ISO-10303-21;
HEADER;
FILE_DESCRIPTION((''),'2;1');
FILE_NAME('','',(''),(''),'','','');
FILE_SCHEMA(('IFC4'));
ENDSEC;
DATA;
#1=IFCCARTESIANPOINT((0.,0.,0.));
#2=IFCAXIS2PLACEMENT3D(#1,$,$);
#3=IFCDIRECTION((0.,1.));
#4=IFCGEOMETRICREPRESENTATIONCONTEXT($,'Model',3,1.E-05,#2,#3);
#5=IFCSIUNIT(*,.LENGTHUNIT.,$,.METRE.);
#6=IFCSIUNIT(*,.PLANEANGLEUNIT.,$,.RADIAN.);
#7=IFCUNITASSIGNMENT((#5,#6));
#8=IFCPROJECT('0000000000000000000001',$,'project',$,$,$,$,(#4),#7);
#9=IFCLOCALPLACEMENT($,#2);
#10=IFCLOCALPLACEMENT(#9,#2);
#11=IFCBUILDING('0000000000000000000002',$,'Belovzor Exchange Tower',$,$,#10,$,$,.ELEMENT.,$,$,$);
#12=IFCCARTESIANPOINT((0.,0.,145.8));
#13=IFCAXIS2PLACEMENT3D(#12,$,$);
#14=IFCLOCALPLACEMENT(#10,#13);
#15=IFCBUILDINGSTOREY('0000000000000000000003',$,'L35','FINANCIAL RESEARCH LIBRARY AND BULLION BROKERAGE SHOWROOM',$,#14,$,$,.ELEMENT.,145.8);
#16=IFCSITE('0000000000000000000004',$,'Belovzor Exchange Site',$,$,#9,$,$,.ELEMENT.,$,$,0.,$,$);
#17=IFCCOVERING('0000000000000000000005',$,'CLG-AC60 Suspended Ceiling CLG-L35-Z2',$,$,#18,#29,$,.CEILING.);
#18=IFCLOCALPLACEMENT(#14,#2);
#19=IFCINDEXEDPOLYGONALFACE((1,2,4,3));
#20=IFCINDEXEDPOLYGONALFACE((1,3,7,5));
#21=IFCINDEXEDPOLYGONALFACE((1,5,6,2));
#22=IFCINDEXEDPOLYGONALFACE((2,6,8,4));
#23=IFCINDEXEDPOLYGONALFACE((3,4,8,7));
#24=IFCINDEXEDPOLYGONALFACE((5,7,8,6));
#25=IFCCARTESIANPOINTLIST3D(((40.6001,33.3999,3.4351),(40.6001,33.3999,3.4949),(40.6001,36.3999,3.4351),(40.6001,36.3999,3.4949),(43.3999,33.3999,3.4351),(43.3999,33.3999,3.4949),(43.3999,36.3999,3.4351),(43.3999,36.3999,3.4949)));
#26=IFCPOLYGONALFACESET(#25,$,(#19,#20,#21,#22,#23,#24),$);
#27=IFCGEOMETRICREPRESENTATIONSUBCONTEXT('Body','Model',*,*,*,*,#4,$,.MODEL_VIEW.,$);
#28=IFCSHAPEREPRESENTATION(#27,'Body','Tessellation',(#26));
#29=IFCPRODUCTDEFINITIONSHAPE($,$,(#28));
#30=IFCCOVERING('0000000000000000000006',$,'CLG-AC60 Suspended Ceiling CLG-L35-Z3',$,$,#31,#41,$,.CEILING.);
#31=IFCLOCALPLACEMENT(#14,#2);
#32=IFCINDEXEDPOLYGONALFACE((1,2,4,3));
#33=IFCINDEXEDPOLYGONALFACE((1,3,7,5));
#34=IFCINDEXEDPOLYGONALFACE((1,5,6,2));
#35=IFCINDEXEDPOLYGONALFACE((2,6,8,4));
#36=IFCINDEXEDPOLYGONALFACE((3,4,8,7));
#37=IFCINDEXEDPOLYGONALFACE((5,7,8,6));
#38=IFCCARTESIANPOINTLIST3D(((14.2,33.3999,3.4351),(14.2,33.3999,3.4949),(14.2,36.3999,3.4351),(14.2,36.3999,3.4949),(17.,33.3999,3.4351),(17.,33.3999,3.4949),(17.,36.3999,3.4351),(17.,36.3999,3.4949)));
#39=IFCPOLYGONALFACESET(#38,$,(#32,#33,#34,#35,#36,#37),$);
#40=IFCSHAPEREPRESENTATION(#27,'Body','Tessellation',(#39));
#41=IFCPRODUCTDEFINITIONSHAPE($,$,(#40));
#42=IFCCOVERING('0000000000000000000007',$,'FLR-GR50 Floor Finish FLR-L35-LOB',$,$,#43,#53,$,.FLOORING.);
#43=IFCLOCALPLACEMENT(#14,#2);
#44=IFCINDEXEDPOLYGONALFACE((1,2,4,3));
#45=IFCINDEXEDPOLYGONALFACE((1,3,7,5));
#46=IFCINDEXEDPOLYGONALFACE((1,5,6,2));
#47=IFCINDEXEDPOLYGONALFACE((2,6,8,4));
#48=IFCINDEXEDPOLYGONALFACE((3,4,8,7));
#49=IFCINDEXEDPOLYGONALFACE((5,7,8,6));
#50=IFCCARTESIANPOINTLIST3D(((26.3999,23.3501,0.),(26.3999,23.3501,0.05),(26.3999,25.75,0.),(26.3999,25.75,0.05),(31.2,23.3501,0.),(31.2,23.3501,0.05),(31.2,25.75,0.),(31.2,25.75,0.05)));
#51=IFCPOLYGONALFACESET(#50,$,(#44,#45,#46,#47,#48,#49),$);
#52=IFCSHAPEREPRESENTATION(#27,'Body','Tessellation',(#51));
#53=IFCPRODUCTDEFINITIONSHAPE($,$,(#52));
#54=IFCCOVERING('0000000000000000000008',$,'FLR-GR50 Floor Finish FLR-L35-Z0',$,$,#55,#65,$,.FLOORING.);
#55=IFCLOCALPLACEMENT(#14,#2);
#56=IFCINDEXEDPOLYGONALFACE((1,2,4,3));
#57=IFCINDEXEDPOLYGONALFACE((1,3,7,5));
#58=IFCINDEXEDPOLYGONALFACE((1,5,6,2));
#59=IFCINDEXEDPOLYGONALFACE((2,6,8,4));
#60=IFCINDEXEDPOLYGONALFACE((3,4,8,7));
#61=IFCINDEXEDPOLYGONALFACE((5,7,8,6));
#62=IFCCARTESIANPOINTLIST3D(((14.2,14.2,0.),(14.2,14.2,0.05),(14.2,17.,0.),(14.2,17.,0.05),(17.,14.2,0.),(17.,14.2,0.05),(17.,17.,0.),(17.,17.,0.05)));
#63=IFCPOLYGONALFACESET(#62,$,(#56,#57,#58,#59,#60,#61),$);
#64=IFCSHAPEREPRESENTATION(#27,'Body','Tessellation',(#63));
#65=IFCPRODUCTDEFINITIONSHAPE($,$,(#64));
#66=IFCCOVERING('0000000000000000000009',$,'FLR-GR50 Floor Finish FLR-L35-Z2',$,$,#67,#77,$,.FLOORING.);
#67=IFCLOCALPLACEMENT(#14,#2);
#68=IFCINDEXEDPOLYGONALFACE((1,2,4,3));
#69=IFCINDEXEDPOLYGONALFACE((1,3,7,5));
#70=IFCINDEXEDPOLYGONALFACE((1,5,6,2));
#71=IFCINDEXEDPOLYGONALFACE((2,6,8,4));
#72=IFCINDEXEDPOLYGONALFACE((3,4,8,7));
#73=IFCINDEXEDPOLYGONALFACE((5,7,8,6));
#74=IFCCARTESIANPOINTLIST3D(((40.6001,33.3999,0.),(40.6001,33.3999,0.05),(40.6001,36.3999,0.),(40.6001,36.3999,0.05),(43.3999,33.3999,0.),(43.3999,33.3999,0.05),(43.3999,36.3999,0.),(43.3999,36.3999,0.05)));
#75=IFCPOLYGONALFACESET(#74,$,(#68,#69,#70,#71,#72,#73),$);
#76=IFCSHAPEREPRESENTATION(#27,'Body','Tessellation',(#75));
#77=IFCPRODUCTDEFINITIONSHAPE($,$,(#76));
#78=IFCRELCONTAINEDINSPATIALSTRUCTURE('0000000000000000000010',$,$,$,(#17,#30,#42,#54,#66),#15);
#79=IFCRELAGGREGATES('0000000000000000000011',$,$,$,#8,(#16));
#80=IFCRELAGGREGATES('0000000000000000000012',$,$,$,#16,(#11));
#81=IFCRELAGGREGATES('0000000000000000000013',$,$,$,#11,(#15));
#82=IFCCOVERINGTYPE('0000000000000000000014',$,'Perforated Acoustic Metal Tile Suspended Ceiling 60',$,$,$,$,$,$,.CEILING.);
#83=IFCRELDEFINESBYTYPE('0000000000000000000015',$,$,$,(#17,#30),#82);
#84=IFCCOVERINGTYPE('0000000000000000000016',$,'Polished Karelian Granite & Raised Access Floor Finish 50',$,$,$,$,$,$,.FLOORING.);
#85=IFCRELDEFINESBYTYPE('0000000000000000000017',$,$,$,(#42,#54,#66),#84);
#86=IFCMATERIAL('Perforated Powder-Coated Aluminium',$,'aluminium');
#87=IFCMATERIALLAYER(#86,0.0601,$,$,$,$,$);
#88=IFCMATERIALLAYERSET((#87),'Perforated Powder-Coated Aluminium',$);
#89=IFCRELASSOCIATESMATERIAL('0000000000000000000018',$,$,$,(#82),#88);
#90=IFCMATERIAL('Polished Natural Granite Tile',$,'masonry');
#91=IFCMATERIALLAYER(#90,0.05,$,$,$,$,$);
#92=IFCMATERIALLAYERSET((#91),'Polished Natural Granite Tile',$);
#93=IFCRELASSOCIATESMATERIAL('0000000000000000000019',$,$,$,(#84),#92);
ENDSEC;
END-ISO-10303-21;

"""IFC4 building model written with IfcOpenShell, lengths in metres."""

from ifc_helpers import new_model, si_unit, direction, frame, origin, place, context, subcontext, project, spatial, polyline, outline, extrude, material, layer, layer_set, type_object, element, save


model = new_model("IFC4")

# Units and contexts
model_context = context("Model", 3, precision=1e-05, world=origin(), true_north=direction((0.0, 1.0)))
body_context = subcontext(model_context, "Body", "Model", "MODEL_VIEW")
ifc_project = project(units=[si_unit("LENGTHUNIT", "METRE"), si_unit("PLANEANGLEUNIT", "RADIAN")], contexts=[model_context])

# Site, building, storey
site_placement = place(None, origin())
site = spatial("IfcSite", under=ifc_project, at=site_placement, Name="Belovzor Exchange Site", CompositionType="ELEMENT", RefElevation=0.0)
building_placement = place(site_placement, origin())
building = spatial("IfcBuilding", under=site, at=building_placement, Name="Belovzor Exchange Tower", CompositionType="ELEMENT")
storey_placement = place(building_placement, frame((0.0, 0.0, 145.8)))
storey = spatial("IfcBuildingStorey", under=building, at=storey_placement, Name="L35", Description="FINANCIAL RESEARCH LIBRARY AND BULLION BROKERAGE SHOWROOM", CompositionType="ELEMENT", Elevation=145.8)

# Coverings
ifc_material_1 = material(Name="Perforated Powder-Coated Aluminium", Category="aluminium")
ifc_layer_1 = layer(ifc_material_1, 0.0601)
ifc_layer_set_1 = layer_set([ifc_layer_1], Name="Perforated Powder-Coated Aluminium")
covering_type_1 = type_object("IfcCoveringType", Name="Perforated Acoustic Metal Tile Suspended Ceiling 60", PredefinedType="CEILING", material=ifc_layer_set_1)
covering_1_placement = place(storey_placement, frame((0.0, 0.0, 3.4351)))
element("IfcCovering", 1, at=covering_1_placement, inside=storey, type_object=covering_type_1, Name="CLG-AC60 Suspended Ceiling CLG-L35-Z2", PredefinedType="CEILING", context=body_context, shape_type="SweptSolid", body=[
    extrude(outline(polyline([(40.6001, 33.3999), (43.3999, 33.3999), (43.3999, 36.3999), (40.6001, 36.3999), (40.6001, 33.3999)])), origin(), (0.0, 0.0, 1.0), 0.0598),
])
covering_2_placement = place(storey_placement, frame((0.0, 0.0, 3.4351)))
element("IfcCovering", 2, at=covering_2_placement, inside=storey, type_object=covering_type_1, Name="CLG-AC60 Suspended Ceiling CLG-L35-Z3", PredefinedType="CEILING", context=body_context, shape_type="SweptSolid", body=[
    extrude(outline(polyline([(14.2, 33.3999), (17.0, 33.3999), (17.0, 36.3999), (14.2, 36.3999), (14.2, 33.3999)])), origin(), (0.0, 0.0, 1.0), 0.0598),
])
ifc_material_2 = material(Name="Polished Natural Granite Tile", Category="masonry")
ifc_layer_2 = layer(ifc_material_2, 0.05)
ifc_layer_set_2 = layer_set([ifc_layer_2], Name="Polished Natural Granite Tile")
covering_type_2 = type_object("IfcCoveringType", Name="Polished Karelian Granite & Raised Access Floor Finish 50", PredefinedType="FLOORING", material=ifc_layer_set_2)
covering_3_placement = place(storey_placement, origin())
element("IfcCovering", 3, at=covering_3_placement, inside=storey, type_object=covering_type_2, Name="FLR-GR50 Floor Finish FLR-L35-LOB", PredefinedType="FLOORING", context=body_context, shape_type="SweptSolid", body=[
    extrude(outline(polyline([(26.3999, 23.3501), (31.2, 23.3501), (31.2, 25.75), (26.3999, 25.75), (26.3999, 23.3501)])), origin(), (0.0, 0.0, 1.0), 0.05),
])
covering_4_placement = place(storey_placement, origin())
element("IfcCovering", 4, at=covering_4_placement, inside=storey, type_object=covering_type_2, Name="FLR-GR50 Floor Finish FLR-L35-Z0", PredefinedType="FLOORING", context=body_context, shape_type="SweptSolid", body=[
    extrude(outline(polyline([(14.2, 14.2), (17.0, 14.2), (17.0, 17.0), (14.2, 17.0), (14.2, 14.2)])), origin(), (0.0, 0.0, 1.0), 0.05),
])
covering_5_placement = place(storey_placement, origin())
element("IfcCovering", 5, at=covering_5_placement, inside=storey, type_object=covering_type_2, Name="FLR-GR50 Floor Finish FLR-L35-Z2", PredefinedType="FLOORING", context=body_context, shape_type="SweptSolid", body=[
    extrude(outline(polyline([(40.6001, 33.3999), (43.3999, 33.3999), (43.3999, 36.3999), (40.6001, 36.3999), (40.6001, 33.3999)])), origin(), (0.0, 0.0, 1.0), 0.05),
])

save(model, "model.ifc")
